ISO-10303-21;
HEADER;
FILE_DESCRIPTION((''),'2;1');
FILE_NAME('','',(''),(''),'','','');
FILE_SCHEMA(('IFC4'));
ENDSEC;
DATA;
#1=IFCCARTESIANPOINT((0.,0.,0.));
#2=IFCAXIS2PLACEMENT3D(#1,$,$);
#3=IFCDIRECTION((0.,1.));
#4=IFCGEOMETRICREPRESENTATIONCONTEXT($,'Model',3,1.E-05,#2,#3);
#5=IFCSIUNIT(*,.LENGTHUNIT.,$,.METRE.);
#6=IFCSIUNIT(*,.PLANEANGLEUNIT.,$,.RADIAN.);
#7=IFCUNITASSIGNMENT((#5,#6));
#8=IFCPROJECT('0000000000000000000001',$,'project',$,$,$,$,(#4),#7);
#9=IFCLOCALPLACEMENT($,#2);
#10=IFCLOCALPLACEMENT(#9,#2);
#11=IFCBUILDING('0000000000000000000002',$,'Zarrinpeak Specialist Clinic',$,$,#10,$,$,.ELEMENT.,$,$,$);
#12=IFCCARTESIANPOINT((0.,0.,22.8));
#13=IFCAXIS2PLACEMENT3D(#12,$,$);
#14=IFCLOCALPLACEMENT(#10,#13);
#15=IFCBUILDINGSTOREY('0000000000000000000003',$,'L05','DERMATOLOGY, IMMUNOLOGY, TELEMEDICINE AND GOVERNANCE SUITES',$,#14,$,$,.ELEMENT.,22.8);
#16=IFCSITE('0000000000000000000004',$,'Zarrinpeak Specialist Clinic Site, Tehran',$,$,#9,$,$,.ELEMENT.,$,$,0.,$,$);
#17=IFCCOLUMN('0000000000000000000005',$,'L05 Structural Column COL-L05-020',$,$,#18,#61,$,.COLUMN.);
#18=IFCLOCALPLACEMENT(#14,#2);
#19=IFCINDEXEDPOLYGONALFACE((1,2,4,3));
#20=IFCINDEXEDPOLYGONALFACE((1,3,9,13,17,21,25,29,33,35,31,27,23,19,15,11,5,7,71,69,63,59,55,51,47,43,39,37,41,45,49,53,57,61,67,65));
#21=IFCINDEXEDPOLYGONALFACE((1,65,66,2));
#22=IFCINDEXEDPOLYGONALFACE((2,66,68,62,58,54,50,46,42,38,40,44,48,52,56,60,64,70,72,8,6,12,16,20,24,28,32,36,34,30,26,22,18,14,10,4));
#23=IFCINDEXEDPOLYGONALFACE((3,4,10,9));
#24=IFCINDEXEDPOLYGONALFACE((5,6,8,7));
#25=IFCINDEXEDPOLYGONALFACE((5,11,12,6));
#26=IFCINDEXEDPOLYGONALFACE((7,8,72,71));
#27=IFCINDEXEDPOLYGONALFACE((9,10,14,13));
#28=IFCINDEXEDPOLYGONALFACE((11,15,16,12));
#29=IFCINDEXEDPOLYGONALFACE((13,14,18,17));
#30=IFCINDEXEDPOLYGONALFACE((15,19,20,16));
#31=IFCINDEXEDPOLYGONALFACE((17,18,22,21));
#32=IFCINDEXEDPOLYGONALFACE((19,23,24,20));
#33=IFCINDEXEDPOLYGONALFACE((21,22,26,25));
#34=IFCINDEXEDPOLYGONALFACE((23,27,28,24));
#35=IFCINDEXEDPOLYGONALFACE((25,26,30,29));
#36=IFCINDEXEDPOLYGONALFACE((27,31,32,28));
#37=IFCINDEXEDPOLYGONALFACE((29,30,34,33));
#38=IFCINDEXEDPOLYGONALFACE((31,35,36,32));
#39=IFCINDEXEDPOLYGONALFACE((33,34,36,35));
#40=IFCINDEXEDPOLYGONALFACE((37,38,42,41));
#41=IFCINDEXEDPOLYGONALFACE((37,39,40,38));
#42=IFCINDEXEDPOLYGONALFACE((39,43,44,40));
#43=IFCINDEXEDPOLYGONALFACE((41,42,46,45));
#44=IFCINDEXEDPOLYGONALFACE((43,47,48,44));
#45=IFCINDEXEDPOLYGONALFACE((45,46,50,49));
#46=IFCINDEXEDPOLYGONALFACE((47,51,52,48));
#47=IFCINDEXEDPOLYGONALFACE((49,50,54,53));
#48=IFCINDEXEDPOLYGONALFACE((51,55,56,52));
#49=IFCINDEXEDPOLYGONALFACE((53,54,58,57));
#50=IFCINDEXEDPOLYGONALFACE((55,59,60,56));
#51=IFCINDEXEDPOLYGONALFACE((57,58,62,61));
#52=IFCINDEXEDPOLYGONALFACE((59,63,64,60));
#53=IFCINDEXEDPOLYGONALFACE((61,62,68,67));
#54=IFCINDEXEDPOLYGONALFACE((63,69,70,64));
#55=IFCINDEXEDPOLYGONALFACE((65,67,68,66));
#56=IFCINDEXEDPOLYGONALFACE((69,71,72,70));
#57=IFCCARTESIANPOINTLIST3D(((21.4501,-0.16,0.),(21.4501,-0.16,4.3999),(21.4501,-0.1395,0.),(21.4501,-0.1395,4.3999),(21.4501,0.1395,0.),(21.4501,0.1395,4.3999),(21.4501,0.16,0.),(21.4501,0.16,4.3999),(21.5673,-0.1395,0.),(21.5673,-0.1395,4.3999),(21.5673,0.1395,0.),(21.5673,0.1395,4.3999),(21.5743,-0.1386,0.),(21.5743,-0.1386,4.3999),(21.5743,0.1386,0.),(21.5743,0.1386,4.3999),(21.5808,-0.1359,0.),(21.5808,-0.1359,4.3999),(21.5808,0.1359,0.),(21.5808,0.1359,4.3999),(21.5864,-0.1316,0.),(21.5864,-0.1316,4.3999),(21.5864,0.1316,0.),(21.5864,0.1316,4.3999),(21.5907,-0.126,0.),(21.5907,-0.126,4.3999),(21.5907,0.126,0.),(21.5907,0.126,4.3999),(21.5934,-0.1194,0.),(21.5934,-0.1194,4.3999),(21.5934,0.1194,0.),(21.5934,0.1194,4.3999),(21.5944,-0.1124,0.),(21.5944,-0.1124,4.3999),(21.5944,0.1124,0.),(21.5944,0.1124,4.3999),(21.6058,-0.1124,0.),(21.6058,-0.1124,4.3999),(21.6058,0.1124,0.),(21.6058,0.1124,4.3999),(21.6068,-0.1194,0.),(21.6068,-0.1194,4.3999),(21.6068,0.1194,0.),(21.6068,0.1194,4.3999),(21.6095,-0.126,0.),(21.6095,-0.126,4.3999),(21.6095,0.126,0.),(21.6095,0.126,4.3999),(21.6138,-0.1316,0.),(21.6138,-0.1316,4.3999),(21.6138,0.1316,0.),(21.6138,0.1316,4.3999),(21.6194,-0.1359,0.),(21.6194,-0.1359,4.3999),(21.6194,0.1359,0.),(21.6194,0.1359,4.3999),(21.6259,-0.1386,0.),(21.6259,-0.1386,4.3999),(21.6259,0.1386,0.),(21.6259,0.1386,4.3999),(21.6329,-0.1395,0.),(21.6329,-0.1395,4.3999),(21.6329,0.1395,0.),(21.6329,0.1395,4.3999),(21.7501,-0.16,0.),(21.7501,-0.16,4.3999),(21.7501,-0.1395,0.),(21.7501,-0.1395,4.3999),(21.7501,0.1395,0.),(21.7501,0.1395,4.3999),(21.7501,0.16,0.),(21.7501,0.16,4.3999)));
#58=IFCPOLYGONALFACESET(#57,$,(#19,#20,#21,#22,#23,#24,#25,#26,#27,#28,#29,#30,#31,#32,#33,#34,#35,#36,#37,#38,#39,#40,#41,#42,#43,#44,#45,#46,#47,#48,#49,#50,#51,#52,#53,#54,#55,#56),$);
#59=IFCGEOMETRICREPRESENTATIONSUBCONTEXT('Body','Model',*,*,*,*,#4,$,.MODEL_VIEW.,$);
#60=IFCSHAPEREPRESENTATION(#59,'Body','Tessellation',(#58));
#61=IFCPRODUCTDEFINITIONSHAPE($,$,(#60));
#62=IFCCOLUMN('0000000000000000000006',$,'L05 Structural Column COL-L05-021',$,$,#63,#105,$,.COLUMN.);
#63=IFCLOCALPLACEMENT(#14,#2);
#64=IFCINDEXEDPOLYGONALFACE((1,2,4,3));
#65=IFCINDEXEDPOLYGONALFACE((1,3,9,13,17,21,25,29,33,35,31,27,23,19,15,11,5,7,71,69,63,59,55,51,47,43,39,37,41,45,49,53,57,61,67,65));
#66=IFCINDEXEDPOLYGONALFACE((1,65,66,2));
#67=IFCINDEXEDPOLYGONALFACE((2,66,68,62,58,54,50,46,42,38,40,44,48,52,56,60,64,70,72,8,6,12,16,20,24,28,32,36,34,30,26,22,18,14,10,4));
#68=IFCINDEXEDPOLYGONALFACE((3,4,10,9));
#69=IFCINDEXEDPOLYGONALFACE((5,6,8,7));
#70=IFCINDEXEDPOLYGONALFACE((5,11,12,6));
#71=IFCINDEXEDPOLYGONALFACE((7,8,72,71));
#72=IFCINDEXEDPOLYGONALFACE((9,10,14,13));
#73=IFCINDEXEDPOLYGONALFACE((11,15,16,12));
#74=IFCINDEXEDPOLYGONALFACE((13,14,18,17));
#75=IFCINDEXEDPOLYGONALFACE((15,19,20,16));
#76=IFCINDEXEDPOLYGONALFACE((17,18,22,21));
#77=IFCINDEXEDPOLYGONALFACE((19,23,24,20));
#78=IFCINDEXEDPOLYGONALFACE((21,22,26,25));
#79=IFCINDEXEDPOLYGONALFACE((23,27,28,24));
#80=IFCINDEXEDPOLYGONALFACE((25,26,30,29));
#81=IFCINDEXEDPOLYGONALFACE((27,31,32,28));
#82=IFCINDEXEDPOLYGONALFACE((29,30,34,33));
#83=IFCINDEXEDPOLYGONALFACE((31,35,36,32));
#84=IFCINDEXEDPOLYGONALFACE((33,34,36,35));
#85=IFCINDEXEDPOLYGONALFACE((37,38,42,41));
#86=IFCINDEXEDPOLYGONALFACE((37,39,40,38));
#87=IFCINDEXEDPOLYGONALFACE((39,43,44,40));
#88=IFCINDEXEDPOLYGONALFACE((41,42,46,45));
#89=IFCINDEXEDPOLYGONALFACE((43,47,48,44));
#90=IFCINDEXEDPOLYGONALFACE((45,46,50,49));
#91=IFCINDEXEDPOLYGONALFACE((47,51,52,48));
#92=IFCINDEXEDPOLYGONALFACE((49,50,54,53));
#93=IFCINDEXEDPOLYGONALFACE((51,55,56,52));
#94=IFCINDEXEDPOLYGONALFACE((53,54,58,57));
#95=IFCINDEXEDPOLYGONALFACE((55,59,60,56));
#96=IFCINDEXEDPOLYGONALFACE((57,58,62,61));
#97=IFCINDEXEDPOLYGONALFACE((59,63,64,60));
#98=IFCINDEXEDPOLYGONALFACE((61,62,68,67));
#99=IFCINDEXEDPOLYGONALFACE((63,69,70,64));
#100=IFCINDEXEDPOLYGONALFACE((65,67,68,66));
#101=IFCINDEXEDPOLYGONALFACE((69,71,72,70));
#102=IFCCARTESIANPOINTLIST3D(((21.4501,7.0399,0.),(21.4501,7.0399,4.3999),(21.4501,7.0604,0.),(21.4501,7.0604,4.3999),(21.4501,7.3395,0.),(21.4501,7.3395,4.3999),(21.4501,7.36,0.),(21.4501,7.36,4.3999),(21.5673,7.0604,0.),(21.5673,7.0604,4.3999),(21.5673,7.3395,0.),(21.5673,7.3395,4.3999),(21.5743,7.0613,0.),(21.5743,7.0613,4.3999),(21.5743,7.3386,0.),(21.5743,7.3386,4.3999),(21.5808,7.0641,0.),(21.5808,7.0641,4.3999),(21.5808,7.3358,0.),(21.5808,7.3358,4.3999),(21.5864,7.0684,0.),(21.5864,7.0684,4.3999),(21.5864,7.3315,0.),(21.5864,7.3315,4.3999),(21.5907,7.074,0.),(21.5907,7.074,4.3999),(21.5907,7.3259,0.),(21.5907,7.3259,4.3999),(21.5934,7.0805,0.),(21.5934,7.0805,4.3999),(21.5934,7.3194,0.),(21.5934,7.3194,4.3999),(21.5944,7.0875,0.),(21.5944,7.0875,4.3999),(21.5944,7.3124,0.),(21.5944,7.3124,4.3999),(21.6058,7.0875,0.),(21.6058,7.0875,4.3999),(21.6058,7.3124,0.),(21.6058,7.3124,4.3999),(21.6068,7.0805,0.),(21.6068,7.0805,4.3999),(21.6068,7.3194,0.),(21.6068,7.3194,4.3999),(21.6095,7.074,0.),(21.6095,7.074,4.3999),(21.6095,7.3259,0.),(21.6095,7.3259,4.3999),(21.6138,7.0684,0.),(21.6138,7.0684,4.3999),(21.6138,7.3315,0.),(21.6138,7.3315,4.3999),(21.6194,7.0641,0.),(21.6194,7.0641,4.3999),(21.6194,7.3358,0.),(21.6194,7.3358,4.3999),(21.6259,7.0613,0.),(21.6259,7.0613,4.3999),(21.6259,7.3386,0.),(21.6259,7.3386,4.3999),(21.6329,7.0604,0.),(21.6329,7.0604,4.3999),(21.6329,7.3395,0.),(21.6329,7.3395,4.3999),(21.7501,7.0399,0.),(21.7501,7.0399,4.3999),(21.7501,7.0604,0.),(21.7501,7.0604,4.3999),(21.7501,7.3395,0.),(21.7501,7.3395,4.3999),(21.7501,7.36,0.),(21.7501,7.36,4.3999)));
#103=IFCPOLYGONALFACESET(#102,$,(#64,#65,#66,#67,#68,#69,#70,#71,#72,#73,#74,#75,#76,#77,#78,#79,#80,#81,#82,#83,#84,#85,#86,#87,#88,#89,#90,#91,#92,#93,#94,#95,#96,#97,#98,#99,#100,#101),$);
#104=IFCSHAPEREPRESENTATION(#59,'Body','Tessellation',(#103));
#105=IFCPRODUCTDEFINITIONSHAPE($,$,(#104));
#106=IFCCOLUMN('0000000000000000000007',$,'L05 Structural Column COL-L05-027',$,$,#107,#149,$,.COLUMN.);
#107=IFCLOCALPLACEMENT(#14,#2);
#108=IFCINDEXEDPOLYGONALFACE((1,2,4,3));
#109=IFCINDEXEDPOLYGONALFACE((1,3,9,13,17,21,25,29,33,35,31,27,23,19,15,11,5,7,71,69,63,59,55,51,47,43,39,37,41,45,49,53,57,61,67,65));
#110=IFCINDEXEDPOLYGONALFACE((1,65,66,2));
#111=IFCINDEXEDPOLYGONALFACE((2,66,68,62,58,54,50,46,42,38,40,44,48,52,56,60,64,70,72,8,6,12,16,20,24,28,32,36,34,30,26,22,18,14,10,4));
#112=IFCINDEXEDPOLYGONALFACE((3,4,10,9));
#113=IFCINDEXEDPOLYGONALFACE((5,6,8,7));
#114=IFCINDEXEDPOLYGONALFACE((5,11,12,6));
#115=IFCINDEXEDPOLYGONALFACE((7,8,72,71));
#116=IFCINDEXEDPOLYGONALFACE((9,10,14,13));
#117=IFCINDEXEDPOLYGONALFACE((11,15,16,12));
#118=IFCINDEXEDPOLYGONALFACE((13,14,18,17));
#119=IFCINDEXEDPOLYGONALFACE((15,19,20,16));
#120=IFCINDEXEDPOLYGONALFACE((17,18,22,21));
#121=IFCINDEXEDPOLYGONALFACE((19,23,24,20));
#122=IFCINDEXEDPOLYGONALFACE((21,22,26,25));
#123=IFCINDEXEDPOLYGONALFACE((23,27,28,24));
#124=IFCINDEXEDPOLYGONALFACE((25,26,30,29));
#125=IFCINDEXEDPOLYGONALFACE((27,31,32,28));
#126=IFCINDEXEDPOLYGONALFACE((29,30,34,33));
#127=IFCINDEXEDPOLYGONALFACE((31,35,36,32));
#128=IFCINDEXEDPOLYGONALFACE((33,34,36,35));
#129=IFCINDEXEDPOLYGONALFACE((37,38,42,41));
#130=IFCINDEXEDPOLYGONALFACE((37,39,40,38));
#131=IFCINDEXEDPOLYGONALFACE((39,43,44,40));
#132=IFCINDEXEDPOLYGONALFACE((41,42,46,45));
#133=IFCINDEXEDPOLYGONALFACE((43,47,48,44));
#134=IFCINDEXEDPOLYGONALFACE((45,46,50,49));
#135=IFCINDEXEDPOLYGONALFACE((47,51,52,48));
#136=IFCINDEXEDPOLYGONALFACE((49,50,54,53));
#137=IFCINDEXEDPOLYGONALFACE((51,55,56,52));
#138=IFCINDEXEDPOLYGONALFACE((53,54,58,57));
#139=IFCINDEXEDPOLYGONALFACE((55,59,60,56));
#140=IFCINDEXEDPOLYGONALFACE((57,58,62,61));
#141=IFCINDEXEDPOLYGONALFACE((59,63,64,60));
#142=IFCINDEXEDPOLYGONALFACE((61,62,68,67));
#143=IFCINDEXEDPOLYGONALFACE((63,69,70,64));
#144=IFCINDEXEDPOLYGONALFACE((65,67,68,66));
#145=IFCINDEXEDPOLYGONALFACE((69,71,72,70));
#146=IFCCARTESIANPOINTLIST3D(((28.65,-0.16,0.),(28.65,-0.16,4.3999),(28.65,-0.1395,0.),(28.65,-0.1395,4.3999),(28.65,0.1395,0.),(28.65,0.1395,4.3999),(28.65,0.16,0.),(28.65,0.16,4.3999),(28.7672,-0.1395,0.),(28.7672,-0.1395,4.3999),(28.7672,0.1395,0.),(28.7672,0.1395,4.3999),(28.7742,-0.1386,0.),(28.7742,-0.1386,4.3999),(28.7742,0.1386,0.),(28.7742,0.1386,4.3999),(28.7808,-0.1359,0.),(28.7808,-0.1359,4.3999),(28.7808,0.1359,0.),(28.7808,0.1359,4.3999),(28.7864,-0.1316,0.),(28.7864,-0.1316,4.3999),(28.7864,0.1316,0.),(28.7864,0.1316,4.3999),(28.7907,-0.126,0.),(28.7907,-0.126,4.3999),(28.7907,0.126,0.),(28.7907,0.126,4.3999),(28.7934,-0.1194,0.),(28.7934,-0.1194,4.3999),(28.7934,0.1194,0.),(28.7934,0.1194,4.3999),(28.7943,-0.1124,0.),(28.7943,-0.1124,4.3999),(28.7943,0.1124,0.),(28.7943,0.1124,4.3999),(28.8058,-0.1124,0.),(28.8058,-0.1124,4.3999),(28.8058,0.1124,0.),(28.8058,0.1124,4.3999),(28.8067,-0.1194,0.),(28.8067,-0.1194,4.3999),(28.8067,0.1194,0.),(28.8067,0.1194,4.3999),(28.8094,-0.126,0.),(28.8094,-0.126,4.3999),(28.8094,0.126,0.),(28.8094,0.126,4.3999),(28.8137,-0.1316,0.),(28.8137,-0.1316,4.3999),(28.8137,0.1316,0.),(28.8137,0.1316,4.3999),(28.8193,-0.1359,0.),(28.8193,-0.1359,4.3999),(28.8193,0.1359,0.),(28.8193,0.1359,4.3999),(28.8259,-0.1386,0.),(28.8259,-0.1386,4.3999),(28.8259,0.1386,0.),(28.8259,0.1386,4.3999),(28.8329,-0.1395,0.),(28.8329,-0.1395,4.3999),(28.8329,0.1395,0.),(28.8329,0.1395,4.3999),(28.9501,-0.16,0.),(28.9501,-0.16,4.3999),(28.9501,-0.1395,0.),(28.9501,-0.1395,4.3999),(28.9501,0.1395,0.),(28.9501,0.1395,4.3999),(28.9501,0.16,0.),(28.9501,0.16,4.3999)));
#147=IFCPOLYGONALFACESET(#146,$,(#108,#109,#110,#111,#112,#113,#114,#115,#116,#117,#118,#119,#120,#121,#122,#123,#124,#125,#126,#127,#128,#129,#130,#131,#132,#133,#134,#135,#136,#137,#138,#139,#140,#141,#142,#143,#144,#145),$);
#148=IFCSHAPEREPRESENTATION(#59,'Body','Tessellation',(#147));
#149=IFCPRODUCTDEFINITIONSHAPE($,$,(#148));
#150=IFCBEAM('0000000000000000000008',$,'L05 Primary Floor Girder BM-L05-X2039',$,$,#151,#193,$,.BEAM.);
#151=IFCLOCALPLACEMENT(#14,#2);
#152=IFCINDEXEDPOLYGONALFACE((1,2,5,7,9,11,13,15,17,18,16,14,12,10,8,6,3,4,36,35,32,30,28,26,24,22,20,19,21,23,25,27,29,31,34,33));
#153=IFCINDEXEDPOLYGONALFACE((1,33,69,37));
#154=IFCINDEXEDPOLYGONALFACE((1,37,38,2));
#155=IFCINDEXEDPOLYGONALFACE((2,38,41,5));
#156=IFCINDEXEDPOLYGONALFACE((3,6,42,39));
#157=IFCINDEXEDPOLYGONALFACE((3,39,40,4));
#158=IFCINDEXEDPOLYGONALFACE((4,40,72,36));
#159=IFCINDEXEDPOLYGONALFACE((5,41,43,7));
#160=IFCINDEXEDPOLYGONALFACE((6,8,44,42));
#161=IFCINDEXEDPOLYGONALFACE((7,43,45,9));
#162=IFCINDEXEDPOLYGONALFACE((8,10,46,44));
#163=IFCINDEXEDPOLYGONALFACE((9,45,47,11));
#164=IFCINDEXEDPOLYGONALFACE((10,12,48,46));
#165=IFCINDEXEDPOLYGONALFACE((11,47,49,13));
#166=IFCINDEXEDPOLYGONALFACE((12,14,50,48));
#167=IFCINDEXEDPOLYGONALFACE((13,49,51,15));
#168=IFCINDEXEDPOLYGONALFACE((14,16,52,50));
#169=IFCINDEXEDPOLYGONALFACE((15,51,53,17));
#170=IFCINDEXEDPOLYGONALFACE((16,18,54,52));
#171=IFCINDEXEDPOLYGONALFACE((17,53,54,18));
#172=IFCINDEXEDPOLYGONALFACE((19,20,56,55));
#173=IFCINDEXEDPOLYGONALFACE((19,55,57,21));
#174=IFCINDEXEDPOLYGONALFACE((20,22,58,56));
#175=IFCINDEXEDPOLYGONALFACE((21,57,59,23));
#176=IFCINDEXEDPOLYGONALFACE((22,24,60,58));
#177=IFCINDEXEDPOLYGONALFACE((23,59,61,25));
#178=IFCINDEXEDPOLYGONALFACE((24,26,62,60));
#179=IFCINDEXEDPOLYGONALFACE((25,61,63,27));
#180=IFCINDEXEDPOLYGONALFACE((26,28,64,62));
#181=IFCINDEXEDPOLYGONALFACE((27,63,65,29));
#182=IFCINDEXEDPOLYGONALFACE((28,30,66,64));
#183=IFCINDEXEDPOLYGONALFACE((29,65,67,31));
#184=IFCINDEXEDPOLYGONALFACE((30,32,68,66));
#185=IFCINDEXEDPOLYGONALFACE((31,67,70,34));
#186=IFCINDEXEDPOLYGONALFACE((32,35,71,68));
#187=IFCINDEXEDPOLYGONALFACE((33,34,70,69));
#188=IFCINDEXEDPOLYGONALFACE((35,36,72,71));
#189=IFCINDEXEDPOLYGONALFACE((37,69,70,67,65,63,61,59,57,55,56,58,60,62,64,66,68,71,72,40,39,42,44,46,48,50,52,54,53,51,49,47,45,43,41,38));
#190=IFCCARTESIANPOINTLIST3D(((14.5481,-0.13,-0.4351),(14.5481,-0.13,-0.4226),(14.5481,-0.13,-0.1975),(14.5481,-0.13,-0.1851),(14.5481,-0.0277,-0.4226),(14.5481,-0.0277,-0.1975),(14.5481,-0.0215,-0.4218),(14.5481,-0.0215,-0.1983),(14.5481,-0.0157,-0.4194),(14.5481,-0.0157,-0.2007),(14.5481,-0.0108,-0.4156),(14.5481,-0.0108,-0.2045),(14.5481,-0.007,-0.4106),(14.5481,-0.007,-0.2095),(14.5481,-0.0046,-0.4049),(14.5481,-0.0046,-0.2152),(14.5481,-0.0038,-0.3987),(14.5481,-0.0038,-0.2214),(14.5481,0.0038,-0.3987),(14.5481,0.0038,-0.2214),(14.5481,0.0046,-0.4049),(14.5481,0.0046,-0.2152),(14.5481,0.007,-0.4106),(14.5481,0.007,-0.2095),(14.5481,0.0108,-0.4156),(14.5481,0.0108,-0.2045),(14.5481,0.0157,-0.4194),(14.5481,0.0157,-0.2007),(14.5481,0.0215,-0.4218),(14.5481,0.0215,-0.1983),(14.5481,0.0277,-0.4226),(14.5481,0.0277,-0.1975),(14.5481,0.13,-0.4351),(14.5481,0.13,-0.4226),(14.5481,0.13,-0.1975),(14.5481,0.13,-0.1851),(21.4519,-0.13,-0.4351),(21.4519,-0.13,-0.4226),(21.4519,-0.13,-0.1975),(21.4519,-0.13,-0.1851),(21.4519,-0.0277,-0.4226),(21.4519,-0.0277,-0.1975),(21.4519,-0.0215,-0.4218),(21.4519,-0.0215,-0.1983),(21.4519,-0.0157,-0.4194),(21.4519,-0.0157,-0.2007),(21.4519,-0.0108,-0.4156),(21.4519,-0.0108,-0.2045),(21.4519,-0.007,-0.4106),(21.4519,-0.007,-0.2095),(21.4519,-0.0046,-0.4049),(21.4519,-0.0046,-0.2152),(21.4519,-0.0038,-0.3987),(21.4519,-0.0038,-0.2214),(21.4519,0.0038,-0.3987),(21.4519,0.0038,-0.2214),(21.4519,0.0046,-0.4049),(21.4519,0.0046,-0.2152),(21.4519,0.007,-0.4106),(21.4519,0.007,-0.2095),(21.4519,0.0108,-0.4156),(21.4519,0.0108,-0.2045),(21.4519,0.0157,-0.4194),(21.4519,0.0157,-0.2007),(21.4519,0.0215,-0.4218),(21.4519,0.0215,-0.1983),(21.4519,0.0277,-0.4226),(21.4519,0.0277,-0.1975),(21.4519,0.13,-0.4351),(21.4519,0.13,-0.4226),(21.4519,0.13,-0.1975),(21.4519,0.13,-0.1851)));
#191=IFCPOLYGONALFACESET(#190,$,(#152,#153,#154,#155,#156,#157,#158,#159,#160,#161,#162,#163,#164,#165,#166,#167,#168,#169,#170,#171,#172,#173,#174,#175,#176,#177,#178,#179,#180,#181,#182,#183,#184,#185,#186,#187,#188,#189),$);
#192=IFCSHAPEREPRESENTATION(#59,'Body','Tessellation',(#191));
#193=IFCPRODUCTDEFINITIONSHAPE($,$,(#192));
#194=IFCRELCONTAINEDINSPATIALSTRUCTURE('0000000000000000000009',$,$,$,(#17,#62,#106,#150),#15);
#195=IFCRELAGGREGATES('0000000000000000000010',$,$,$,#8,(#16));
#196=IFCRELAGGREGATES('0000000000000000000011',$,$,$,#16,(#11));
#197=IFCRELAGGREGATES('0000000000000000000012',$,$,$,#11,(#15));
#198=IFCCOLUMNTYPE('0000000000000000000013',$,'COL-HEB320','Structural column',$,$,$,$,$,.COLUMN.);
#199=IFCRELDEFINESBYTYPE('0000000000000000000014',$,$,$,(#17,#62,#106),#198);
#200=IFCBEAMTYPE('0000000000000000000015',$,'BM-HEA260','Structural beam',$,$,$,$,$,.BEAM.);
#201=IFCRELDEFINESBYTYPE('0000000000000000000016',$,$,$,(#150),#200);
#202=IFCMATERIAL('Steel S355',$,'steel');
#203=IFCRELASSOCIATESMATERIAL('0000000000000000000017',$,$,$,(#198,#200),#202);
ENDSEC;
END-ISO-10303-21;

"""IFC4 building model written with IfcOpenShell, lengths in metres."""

from ifc_helpers import new_model, si_unit, direction, frame, origin, origin_2d, place, context, subcontext, project, spatial, i_section, extrude, material, material_profile, profile_set, type_object, element, save


model = new_model("IFC4")

# Units and contexts
model_context = context("Model", 3, precision=1e-05, world=origin(), true_north=direction((0.0, 1.0)))
body_context = subcontext(model_context, "Body", "Model", "MODEL_VIEW")
ifc_project = project(units=[si_unit("LENGTHUNIT", "METRE"), si_unit("PLANEANGLEUNIT", "RADIAN")], contexts=[model_context])

# Site, building, storey
site_placement = place(None, origin())
site = spatial("IfcSite", under=ifc_project, at=site_placement, Name="Zarrinpeak Specialist Clinic Site, Tehran", CompositionType="ELEMENT", RefElevation=0.0)
building_placement = place(site_placement, origin())
building = spatial("IfcBuilding", under=site, at=building_placement, Name="Zarrinpeak Specialist Clinic", CompositionType="ELEMENT")
storey_placement = place(building_placement, frame((0.0, 0.0, 22.8)))
storey = spatial("IfcBuildingStorey", under=building, at=storey_placement, Name="L05", Description="DERMATOLOGY, IMMUNOLOGY, TELEMEDICINE AND GOVERNANCE SUITES", CompositionType="ELEMENT", Elevation=22.8)

# Columns
ifc_material_1 = material(Name="Steel S355", Category="steel")
ifc_material_profile_1 = material_profile(ifc_material_1, i_section(OverallWidth=0.3, OverallDepth=0.3201, WebThickness=0.0115, FlangeThickness=0.0205, FilletRadius=0.0271, at=origin_2d()), Name="HEB 320")
ifc_profile_set_1 = profile_set([ifc_material_profile_1], Name="Steel S355")
column_type = type_object("IfcColumnType", Name="COL-HEB320", Description="Structural column", PredefinedType="COLUMN", material=ifc_profile_set_1)
for number, where, z_axis, x_axis, name in (
    (1, (21.6001, 0.0, 0.0), (0.0, 0.0, 1.0), (1.0, 0.0, 0.0), "L05 Structural Column COL-L05-020"),
    (2, (21.6001, 7.2, 0.0), (0.0, 0.0, 1.0), (1.0, 0.0, 0.0), "L05 Structural Column COL-L05-021"),
    (3, (28.8, 0.0, 0.0), (0.0, 0.0, 1.0), (1.0, 0.0, 0.0), "L05 Structural Column COL-L05-027"),
):
    element("IfcColumn", number, at=place(storey_placement, frame(where, z_axis=z_axis, x_axis=x_axis)), inside=storey, type_object=column_type, Name=name, PredefinedType="COLUMN", context=body_context, shape_type="SweptSolid", body=[
        extrude(i_section(OverallWidth=0.3, OverallDepth=0.3201, WebThickness=0.0115, FlangeThickness=0.0205, FilletRadius=0.0271, at=origin_2d()), origin(), (0.0, 0.0, 1.0), 4.3999),
    ])

# Beam
ifc_material_profile_2 = material_profile(ifc_material_1, i_section(OverallWidth=0.26, OverallDepth=0.25, WebThickness=0.0076, FlangeThickness=0.0125, FilletRadius=0.0239, at=origin_2d()), Name="HEA 260")
ifc_profile_set_2 = profile_set([ifc_material_profile_2], Name="Steel S355")
beam_type_1 = type_object("IfcBeamType", Name="BM-HEA260", Description="Structural beam", PredefinedType="BEAM", material=ifc_profile_set_2)
beam_1_placement = place(storey_placement, frame((14.5481, 0.0, -0.3101), z_axis=(1.0, 0.0, 0.0), x_axis=(0.0, 1.0, 0.0)))
element("IfcBeam", 4, at=beam_1_placement, inside=storey, type_object=beam_type_1, Name="L05 Primary Floor Girder BM-L05-X2039", PredefinedType="BEAM", context=body_context, shape_type="SweptSolid", body=[
    extrude(i_section(OverallWidth=0.26, OverallDepth=0.25, WebThickness=0.0076, FlangeThickness=0.0125, FilletRadius=0.0239, at=origin_2d()), origin(), (0.0, 0.0, 1.0), 6.9038),
])

save(model, "model.ifc")
